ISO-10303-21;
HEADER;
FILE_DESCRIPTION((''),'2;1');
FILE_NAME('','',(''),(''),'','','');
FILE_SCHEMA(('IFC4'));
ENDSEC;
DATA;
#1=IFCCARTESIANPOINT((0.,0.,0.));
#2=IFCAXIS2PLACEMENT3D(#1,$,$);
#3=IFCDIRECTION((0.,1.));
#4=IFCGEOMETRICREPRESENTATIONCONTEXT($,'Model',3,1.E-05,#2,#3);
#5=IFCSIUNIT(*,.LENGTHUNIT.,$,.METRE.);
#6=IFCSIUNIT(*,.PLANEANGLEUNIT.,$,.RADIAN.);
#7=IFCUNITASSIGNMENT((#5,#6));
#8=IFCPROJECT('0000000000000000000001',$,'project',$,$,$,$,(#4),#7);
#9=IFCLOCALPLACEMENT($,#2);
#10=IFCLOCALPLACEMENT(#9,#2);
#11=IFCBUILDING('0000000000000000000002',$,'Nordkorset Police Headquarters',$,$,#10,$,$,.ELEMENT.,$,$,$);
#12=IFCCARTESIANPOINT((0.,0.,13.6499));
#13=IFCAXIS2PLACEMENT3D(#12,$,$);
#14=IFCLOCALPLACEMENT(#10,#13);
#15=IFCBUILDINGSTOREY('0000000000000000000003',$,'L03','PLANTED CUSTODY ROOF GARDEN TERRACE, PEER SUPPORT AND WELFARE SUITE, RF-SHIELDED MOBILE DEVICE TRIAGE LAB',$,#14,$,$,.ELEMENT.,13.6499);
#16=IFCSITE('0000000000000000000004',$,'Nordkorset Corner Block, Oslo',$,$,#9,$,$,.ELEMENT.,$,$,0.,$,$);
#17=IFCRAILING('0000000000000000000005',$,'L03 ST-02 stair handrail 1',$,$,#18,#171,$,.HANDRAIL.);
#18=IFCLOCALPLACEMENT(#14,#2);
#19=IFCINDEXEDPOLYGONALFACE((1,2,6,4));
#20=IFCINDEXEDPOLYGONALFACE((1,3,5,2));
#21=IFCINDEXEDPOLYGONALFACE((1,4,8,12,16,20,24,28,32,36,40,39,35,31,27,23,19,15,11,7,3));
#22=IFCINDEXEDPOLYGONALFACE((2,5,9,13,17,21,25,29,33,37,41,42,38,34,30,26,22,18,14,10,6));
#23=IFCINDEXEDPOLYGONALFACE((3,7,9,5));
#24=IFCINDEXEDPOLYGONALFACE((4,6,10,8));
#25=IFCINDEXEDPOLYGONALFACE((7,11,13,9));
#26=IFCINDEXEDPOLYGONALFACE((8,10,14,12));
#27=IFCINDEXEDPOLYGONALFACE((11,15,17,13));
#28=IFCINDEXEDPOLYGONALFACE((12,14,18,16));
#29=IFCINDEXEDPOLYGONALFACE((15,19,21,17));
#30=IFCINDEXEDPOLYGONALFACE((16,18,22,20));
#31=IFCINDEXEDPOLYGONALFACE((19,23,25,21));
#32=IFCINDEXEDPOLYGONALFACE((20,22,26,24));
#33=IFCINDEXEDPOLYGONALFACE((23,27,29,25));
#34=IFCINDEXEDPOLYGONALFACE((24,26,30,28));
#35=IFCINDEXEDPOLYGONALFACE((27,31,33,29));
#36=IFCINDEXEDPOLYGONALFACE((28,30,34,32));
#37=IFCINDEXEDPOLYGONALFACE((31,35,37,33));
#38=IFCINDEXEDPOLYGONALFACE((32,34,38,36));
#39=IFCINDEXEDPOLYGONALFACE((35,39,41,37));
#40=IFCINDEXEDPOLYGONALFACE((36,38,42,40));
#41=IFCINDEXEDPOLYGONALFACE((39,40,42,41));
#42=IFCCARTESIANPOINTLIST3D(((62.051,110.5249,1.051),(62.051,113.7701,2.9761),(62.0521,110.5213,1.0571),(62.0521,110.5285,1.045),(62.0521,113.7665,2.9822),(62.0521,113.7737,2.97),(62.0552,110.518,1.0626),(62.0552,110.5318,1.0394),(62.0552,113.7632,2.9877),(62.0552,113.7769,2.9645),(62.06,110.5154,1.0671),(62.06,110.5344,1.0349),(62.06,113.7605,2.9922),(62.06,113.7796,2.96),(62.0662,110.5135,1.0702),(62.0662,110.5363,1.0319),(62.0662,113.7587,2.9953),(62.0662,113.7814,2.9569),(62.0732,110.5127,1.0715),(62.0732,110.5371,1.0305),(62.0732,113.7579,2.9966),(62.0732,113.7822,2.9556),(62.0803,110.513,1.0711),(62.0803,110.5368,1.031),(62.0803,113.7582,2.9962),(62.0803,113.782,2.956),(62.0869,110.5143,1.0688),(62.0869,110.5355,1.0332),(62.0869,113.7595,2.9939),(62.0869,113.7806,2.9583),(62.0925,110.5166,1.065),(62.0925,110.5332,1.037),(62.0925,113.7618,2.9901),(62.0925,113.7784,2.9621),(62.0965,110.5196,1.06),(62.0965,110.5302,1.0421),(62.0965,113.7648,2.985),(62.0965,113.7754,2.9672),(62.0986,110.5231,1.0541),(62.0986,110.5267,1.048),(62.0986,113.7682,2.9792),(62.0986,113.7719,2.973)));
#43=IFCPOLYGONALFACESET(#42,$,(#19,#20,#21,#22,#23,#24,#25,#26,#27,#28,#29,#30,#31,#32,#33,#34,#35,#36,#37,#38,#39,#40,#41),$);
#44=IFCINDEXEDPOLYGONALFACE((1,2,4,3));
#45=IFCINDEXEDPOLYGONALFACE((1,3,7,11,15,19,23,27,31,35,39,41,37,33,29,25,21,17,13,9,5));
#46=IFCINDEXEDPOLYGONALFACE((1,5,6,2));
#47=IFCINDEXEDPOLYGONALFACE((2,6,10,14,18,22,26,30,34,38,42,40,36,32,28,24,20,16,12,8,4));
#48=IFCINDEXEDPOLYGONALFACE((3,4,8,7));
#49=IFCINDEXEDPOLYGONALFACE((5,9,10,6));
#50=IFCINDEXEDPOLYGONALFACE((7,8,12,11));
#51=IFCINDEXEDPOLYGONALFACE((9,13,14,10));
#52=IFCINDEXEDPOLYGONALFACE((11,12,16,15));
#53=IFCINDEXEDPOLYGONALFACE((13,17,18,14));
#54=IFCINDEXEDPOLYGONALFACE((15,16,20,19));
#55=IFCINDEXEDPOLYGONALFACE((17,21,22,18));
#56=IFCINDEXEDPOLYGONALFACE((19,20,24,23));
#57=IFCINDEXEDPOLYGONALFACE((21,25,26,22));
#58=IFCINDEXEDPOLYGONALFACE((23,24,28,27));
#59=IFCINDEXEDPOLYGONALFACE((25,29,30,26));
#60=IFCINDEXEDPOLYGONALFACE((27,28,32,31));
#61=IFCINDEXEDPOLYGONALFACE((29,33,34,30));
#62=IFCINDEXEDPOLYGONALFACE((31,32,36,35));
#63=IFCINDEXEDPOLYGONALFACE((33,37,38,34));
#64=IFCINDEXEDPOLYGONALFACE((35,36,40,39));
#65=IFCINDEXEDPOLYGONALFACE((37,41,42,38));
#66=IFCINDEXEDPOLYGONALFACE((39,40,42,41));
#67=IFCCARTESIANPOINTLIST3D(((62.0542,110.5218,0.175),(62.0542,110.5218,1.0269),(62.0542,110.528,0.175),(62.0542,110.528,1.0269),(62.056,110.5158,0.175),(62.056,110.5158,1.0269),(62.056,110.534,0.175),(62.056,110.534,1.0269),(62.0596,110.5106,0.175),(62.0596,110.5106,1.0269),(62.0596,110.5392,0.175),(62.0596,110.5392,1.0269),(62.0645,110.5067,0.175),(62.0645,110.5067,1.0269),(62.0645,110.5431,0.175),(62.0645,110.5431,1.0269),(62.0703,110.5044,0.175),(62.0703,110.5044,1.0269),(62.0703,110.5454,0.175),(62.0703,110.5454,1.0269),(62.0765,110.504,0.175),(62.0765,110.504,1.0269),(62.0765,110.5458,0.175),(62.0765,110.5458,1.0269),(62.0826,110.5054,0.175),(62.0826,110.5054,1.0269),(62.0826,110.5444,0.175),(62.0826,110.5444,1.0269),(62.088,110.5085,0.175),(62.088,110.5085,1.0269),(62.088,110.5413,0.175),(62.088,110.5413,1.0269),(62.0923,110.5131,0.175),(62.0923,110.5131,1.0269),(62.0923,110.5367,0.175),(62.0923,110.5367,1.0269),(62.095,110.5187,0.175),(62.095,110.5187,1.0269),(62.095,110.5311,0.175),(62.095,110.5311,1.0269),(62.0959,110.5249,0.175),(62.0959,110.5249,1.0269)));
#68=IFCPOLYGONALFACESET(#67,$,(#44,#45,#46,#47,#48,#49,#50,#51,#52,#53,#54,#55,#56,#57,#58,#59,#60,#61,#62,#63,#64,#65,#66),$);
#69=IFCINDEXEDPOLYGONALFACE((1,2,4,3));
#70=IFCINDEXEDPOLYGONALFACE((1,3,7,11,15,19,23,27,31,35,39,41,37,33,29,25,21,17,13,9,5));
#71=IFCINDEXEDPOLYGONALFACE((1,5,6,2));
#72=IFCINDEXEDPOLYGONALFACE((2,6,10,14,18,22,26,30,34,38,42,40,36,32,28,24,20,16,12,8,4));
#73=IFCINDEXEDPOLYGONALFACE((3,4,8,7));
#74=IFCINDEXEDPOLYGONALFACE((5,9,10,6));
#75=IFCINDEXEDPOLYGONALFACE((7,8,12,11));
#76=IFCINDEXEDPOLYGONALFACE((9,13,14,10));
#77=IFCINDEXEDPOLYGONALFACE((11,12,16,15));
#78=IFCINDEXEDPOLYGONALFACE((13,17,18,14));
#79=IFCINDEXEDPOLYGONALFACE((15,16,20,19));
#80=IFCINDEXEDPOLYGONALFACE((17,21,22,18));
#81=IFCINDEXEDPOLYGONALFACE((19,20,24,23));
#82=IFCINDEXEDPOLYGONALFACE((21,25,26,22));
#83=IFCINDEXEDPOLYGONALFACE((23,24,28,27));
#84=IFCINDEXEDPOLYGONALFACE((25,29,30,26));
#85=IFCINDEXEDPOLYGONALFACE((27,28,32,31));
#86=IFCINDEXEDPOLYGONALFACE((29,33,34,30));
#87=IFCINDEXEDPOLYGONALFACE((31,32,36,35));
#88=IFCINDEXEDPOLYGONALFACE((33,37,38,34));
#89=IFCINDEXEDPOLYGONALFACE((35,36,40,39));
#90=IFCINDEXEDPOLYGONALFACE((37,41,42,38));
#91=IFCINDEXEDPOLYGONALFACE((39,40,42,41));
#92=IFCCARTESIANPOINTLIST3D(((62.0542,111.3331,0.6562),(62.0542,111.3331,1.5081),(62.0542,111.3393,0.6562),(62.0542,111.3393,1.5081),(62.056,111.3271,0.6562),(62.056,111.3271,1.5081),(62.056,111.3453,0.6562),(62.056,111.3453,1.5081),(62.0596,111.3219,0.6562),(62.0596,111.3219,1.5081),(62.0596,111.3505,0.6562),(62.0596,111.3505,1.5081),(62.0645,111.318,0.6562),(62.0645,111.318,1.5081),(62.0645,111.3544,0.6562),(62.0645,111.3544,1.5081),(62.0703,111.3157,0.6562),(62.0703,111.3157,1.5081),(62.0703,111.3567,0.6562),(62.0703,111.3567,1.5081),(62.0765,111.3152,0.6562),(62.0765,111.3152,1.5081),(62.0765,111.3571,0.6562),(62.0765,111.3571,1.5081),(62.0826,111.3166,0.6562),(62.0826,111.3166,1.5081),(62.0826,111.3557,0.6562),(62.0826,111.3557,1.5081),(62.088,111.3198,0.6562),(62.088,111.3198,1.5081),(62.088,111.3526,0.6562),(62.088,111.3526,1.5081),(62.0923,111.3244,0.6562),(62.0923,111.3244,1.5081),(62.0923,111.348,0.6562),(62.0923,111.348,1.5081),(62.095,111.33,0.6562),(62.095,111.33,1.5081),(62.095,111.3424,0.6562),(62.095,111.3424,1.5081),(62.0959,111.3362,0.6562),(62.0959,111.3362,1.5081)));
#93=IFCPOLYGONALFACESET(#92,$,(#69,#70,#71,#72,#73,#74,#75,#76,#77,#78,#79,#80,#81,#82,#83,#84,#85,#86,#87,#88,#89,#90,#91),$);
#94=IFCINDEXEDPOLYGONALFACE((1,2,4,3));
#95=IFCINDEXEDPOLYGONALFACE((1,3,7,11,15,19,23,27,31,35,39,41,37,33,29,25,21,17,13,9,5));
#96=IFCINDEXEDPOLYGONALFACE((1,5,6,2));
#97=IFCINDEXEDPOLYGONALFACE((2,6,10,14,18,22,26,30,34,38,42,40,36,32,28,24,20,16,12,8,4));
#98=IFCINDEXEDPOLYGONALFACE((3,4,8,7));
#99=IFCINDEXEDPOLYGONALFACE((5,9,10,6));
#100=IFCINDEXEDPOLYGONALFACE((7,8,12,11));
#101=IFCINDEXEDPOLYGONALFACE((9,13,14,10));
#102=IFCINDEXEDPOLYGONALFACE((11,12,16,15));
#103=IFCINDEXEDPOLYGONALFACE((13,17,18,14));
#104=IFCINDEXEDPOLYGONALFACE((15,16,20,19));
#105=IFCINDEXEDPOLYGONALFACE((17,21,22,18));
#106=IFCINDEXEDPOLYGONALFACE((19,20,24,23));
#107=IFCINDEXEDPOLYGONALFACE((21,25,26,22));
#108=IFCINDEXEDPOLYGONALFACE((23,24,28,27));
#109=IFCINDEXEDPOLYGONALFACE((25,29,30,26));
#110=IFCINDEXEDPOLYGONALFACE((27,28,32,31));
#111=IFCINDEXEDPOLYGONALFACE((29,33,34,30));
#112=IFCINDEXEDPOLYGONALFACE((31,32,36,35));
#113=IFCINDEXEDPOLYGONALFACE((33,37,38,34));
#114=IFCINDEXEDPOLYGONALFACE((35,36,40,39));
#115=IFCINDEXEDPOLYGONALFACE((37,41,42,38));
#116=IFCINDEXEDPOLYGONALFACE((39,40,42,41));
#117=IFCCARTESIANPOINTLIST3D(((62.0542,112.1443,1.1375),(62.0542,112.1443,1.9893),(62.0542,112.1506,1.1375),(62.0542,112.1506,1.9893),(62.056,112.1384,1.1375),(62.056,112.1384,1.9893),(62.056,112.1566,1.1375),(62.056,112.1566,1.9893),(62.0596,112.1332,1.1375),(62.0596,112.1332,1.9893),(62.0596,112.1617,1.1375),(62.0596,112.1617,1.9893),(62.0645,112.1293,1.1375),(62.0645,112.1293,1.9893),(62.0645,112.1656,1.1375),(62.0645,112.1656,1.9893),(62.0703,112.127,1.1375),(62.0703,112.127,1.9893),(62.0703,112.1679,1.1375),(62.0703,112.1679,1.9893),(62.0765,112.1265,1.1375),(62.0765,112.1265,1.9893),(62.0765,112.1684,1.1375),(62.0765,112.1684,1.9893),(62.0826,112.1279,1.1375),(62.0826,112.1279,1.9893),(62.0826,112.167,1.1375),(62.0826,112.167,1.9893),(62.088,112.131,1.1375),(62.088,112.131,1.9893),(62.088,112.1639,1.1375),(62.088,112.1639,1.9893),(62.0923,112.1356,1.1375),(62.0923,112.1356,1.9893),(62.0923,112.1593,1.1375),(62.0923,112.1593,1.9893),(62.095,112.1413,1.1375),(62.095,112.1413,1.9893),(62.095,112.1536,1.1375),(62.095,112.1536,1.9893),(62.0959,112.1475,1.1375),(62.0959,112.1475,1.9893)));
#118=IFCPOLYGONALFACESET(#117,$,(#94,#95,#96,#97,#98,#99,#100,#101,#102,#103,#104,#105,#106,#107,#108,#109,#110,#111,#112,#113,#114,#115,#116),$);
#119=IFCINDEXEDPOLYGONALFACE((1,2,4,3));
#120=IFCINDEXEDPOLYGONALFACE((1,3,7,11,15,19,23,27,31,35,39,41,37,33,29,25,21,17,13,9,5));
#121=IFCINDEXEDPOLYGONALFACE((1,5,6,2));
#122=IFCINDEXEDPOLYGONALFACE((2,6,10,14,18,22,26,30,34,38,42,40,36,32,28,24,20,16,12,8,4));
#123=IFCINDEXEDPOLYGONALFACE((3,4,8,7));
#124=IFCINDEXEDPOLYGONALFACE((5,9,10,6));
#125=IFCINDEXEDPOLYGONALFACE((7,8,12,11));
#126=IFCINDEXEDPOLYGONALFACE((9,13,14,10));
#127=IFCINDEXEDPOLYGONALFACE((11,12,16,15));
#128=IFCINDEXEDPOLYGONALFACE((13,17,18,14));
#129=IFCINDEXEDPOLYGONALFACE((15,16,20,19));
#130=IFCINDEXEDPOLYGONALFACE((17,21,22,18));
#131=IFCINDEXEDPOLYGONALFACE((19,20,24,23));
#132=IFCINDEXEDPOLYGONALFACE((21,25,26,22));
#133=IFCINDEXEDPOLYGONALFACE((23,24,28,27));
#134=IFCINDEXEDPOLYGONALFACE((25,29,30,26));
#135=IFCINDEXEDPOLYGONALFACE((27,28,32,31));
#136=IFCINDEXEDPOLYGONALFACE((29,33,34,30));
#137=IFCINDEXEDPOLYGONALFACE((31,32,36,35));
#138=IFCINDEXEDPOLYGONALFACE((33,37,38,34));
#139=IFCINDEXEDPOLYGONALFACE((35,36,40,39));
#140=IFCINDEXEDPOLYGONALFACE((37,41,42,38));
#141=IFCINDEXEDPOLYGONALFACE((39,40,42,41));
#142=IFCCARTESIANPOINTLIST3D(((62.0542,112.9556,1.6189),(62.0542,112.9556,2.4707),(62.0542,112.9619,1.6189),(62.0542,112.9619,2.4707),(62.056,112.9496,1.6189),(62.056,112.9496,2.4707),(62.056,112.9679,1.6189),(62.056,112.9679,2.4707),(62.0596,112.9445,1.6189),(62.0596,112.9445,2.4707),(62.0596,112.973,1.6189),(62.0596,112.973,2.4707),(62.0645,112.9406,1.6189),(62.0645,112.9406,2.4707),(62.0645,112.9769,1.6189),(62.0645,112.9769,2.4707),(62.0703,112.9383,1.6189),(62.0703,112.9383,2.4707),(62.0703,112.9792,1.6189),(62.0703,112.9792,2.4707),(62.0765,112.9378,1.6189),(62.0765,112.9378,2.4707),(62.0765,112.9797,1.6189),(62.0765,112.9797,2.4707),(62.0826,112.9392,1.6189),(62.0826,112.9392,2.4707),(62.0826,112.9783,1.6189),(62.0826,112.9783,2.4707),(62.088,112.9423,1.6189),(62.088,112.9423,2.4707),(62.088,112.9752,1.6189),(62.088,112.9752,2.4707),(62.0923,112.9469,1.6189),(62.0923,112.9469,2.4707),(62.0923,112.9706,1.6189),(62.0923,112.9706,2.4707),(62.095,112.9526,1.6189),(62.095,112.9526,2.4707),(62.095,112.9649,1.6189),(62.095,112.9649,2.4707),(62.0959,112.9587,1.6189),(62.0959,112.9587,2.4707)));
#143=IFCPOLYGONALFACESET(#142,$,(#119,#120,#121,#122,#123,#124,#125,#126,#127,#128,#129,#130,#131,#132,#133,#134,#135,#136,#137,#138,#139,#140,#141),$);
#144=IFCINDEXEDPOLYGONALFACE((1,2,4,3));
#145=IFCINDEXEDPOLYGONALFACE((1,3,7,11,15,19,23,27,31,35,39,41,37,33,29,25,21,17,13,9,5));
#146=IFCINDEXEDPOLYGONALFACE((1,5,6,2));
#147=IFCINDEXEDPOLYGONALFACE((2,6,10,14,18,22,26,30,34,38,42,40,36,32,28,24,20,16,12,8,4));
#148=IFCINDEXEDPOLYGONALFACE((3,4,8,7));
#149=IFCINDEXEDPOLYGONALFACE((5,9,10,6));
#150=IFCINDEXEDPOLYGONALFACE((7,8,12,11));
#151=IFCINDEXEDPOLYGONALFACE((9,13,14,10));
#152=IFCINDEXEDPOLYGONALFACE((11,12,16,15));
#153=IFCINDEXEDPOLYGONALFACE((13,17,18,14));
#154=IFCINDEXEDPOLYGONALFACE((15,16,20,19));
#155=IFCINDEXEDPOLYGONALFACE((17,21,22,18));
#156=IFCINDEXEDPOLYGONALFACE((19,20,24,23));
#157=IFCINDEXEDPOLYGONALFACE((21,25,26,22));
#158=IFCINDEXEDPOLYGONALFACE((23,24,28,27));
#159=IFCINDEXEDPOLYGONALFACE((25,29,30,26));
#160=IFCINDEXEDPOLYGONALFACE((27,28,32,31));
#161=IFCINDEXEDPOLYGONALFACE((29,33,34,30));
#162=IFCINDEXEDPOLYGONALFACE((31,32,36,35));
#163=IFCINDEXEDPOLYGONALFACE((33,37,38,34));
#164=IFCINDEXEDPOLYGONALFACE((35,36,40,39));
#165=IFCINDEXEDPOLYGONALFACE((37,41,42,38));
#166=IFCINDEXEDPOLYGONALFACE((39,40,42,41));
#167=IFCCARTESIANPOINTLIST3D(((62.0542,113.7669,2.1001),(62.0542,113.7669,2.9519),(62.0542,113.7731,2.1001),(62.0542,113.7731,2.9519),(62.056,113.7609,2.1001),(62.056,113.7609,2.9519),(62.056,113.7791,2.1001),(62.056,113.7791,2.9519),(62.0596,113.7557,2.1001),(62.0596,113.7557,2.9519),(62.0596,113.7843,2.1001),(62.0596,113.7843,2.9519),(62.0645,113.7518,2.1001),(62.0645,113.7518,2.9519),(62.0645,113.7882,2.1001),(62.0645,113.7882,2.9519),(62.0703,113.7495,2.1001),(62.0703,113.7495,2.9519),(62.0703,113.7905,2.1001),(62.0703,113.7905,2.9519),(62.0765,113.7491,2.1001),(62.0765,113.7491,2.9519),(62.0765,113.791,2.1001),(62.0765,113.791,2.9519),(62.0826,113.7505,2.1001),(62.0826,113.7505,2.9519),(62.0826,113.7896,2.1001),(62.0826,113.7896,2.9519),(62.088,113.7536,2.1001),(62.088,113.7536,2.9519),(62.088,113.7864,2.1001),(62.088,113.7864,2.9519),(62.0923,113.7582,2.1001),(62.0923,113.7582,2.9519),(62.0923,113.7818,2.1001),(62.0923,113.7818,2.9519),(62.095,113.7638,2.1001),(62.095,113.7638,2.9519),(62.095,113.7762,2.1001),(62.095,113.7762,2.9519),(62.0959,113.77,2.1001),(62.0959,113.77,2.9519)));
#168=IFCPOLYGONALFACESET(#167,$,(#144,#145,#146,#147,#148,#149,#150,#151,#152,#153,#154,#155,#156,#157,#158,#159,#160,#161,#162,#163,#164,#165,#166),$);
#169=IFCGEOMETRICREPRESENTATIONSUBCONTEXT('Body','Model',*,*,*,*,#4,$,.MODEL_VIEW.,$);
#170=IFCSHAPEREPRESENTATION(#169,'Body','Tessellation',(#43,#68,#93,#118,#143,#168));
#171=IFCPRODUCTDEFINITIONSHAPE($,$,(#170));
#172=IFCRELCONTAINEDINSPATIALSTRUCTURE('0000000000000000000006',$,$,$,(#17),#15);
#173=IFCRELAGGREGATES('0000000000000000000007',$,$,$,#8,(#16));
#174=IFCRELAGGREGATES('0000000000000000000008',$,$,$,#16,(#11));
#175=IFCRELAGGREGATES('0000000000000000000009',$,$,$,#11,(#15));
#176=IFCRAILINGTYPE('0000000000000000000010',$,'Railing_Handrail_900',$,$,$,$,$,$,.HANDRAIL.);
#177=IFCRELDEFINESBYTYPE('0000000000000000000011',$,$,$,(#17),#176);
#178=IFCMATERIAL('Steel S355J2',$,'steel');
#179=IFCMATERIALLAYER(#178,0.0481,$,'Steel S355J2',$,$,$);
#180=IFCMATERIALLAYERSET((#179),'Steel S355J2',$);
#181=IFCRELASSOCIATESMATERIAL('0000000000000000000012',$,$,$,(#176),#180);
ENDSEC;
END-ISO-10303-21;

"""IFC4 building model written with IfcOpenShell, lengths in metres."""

from ifc_helpers import new_model, si_unit, direction, frame, origin, origin_2d, place, context, subcontext, project, spatial, circle, extrude, material, layer, layer_set, type_object, element, save


model = new_model("IFC4")

# Units and contexts
model_context = context("Model", 3, precision=1e-05, world=origin(), true_north=direction((0.0, 1.0)))
body_context = subcontext(model_context, "Body", "Model", "MODEL_VIEW")
ifc_project = project(units=[si_unit("LENGTHUNIT", "METRE"), si_unit("PLANEANGLEUNIT", "RADIAN")], contexts=[model_context])

# Site, building, storey
site_placement = place(None, origin())
site = spatial("IfcSite", under=ifc_project, at=site_placement, Name="Nordkorset Corner Block, Oslo", CompositionType="ELEMENT", RefElevation=0.0)
building_placement = place(site_placement, origin())
building = spatial("IfcBuilding", under=site, at=building_placement, Name="Nordkorset Police Headquarters", CompositionType="ELEMENT")
storey_placement = place(building_placement, frame((0.0, 0.0, 13.6499)))
storey = spatial("IfcBuildingStorey", under=building, at=storey_placement, Name="L03", Description="PLANTED CUSTODY ROOF GARDEN TERRACE, PEER SUPPORT AND WELFARE SUITE, RF-SHIELDED MOBILE DEVICE TRIAGE LAB", CompositionType="ELEMENT", Elevation=13.6499)

# Railing
ifc_material_1 = material(Name="Steel S355J2", Category="steel")
ifc_layer_1 = layer(ifc_material_1, 0.0481, Name="Steel S355J2")
ifc_layer_set_1 = layer_set([ifc_layer_1], Name="Steel S355J2")
railing_type_1 = type_object("IfcRailingType", Name="Railing_Handrail_900", PredefinedType="HANDRAIL", material=ifc_layer_set_1)
railing_1_placement = place(storey_placement, frame((62.075, 110.5249, 0.175)))
element("IfcRailing", 1, at=railing_1_placement, inside=storey, type_object=railing_type_1, Name="L03 ST-02 stair handrail 1", PredefinedType="HANDRAIL", context=body_context, shape_type="SweptSolid", body=[
    extrude(circle(Radius=0.0239, at=origin_2d()), frame((0.0, 0.0, 0.876), z_axis=(0.0, 0.860057, 0.510198), x_axis=(-1.0, 0.0, 0.0)), (0.0, 0.0, 1.0), 3.7732),
    extrude(circle(Radius=0.021, at=origin_2d()), origin(), (0.0, 0.0, 1.0), 0.8518),
    extrude(circle(Radius=0.021, at=origin_2d()), frame((0.0, 0.8113, 0.4812)), (0.0, 0.0, 1.0), 0.8518),
    extrude(circle(Radius=0.021, at=origin_2d()), frame((0.0, 1.6226, 0.9624)), (0.0, 0.0, 1.0), 0.8518),
    extrude(circle(Radius=0.021, at=origin_2d()), frame((0.0, 2.4338, 1.4438)), (0.0, 0.0, 1.0), 0.8518),
    extrude(circle(Radius=0.021, at=origin_2d()), frame((0.0, 3.2451, 1.925)), (0.0, 0.0, 1.0), 0.8518),
])

save(model, "model.ifc")
